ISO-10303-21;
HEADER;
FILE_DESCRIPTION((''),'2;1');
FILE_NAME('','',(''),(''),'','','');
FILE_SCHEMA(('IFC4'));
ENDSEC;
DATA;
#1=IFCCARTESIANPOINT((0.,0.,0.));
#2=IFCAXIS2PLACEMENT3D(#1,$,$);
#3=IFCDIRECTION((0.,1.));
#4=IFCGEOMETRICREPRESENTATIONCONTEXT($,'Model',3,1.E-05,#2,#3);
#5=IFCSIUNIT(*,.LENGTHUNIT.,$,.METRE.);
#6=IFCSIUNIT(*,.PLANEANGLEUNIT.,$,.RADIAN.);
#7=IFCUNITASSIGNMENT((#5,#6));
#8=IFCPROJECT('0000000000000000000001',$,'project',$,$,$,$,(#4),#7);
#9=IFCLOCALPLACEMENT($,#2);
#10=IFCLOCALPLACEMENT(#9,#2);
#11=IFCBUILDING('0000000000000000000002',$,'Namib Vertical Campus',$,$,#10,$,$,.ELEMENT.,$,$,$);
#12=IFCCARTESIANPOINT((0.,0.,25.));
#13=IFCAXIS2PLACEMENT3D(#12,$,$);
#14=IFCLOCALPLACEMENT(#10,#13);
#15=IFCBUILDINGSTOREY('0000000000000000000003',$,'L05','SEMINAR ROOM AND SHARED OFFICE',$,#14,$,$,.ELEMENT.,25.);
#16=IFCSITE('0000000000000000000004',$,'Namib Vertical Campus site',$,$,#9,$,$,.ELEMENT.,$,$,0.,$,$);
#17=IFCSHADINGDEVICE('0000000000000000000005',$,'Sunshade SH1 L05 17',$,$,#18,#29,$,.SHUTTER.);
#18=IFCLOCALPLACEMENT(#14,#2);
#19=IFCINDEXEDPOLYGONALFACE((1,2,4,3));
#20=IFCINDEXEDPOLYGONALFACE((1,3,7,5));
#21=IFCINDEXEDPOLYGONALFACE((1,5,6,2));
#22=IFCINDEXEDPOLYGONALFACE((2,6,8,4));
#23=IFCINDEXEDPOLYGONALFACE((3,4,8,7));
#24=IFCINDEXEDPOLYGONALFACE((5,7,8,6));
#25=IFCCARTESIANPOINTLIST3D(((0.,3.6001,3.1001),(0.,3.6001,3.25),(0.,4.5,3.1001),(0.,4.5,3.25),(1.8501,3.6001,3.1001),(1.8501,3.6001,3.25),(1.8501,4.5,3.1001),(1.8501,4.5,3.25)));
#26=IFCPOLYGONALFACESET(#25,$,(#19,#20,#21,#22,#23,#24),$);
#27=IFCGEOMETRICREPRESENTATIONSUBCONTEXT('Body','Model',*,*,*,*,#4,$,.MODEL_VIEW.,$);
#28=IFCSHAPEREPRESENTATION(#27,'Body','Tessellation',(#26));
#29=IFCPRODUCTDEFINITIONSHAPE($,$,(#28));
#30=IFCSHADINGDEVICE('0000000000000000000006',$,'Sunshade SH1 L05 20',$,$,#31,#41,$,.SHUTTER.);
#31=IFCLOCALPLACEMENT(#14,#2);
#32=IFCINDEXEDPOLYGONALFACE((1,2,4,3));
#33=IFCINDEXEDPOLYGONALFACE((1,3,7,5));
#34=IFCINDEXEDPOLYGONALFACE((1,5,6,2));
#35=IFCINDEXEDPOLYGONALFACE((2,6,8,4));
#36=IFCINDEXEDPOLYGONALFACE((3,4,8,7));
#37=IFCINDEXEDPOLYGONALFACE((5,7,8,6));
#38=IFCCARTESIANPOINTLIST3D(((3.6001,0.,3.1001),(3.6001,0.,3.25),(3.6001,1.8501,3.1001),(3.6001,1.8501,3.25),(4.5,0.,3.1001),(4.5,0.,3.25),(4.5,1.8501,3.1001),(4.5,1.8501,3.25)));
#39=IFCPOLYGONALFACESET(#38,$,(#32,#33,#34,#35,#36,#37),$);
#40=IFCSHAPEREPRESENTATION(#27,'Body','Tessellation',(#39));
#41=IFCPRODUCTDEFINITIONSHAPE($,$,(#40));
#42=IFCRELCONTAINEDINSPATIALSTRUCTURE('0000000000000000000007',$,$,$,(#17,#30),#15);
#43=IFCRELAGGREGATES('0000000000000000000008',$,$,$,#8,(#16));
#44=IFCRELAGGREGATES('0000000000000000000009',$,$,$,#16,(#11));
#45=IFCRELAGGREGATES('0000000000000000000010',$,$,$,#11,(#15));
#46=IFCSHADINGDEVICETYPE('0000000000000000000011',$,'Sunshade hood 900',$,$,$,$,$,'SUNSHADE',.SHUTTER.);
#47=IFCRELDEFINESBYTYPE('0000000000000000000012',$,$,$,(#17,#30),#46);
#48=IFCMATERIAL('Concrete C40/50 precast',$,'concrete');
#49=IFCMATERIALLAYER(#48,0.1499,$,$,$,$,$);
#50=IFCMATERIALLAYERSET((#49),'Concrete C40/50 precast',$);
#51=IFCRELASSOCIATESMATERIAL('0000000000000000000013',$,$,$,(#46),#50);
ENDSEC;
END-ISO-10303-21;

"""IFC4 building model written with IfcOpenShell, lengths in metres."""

from ifc_helpers import new_model, si_unit, direction, frame, origin, origin_2d, place, context, subcontext, project, spatial, rectangle, extrude, material, layer, layer_set, type_object, element, save


model = new_model("IFC4")

# Units and contexts
model_context = context("Model", 3, precision=1e-05, world=origin(), true_north=direction((0.0, 1.0)))
body_context = subcontext(model_context, "Body", "Model", "MODEL_VIEW")
ifc_project = project(units=[si_unit("LENGTHUNIT", "METRE"), si_unit("PLANEANGLEUNIT", "RADIAN")], contexts=[model_context])

# Site, building, storey
site_placement = place(None, origin())
site = spatial("IfcSite", under=ifc_project, at=site_placement, Name="Namib Vertical Campus site", CompositionType="ELEMENT", RefElevation=0.0)
building_placement = place(site_placement, origin())
building = spatial("IfcBuilding", under=site, at=building_placement, Name="Namib Vertical Campus", CompositionType="ELEMENT")
storey_placement = place(building_placement, frame((0.0, 0.0, 25.0)))
storey = spatial("IfcBuildingStorey", under=building, at=storey_placement, Name="L05", Description="SEMINAR ROOM AND SHARED OFFICE", CompositionType="ELEMENT", Elevation=25.0)

# Shading devices
ifc_material_1 = material(Name="Concrete C40/50 precast", Category="concrete")
ifc_layer_1 = layer(ifc_material_1, 0.1499)
ifc_layer_set_1 = layer_set([ifc_layer_1], Name="Concrete C40/50 precast")
shading_device_type = type_object("IfcShadingDeviceType", Name="Sunshade hood 900", ElementType="SUNSHADE", PredefinedType="SHUTTER", material=ifc_layer_set_1)
for number, where, z_axis, x_axis, name in (
    (1, (0.925, 4.05, 3.1001), (0.0, 0.0, 1.0), (1.0, 0.0, 0.0), "Sunshade SH1 L05 17"),
    (2, (4.05, 0.925, 3.1001), (0.0, 0.0, 1.0), (0.0, -1.0, 0.0), "Sunshade SH1 L05 20"),
):
    element("IfcShadingDevice", number, at=place(storey_placement, frame(where, z_axis=z_axis, x_axis=x_axis)), inside=storey, type_object=shading_device_type, Name=name, PredefinedType="SHUTTER", context=body_context, shape_type="SweptSolid", body=[
        extrude(rectangle(XDim=1.8501, YDim=0.8999, at=origin_2d()), origin(), (0.0, 0.0, 1.0), 0.1499),
    ])

save(model, "model.ifc")
